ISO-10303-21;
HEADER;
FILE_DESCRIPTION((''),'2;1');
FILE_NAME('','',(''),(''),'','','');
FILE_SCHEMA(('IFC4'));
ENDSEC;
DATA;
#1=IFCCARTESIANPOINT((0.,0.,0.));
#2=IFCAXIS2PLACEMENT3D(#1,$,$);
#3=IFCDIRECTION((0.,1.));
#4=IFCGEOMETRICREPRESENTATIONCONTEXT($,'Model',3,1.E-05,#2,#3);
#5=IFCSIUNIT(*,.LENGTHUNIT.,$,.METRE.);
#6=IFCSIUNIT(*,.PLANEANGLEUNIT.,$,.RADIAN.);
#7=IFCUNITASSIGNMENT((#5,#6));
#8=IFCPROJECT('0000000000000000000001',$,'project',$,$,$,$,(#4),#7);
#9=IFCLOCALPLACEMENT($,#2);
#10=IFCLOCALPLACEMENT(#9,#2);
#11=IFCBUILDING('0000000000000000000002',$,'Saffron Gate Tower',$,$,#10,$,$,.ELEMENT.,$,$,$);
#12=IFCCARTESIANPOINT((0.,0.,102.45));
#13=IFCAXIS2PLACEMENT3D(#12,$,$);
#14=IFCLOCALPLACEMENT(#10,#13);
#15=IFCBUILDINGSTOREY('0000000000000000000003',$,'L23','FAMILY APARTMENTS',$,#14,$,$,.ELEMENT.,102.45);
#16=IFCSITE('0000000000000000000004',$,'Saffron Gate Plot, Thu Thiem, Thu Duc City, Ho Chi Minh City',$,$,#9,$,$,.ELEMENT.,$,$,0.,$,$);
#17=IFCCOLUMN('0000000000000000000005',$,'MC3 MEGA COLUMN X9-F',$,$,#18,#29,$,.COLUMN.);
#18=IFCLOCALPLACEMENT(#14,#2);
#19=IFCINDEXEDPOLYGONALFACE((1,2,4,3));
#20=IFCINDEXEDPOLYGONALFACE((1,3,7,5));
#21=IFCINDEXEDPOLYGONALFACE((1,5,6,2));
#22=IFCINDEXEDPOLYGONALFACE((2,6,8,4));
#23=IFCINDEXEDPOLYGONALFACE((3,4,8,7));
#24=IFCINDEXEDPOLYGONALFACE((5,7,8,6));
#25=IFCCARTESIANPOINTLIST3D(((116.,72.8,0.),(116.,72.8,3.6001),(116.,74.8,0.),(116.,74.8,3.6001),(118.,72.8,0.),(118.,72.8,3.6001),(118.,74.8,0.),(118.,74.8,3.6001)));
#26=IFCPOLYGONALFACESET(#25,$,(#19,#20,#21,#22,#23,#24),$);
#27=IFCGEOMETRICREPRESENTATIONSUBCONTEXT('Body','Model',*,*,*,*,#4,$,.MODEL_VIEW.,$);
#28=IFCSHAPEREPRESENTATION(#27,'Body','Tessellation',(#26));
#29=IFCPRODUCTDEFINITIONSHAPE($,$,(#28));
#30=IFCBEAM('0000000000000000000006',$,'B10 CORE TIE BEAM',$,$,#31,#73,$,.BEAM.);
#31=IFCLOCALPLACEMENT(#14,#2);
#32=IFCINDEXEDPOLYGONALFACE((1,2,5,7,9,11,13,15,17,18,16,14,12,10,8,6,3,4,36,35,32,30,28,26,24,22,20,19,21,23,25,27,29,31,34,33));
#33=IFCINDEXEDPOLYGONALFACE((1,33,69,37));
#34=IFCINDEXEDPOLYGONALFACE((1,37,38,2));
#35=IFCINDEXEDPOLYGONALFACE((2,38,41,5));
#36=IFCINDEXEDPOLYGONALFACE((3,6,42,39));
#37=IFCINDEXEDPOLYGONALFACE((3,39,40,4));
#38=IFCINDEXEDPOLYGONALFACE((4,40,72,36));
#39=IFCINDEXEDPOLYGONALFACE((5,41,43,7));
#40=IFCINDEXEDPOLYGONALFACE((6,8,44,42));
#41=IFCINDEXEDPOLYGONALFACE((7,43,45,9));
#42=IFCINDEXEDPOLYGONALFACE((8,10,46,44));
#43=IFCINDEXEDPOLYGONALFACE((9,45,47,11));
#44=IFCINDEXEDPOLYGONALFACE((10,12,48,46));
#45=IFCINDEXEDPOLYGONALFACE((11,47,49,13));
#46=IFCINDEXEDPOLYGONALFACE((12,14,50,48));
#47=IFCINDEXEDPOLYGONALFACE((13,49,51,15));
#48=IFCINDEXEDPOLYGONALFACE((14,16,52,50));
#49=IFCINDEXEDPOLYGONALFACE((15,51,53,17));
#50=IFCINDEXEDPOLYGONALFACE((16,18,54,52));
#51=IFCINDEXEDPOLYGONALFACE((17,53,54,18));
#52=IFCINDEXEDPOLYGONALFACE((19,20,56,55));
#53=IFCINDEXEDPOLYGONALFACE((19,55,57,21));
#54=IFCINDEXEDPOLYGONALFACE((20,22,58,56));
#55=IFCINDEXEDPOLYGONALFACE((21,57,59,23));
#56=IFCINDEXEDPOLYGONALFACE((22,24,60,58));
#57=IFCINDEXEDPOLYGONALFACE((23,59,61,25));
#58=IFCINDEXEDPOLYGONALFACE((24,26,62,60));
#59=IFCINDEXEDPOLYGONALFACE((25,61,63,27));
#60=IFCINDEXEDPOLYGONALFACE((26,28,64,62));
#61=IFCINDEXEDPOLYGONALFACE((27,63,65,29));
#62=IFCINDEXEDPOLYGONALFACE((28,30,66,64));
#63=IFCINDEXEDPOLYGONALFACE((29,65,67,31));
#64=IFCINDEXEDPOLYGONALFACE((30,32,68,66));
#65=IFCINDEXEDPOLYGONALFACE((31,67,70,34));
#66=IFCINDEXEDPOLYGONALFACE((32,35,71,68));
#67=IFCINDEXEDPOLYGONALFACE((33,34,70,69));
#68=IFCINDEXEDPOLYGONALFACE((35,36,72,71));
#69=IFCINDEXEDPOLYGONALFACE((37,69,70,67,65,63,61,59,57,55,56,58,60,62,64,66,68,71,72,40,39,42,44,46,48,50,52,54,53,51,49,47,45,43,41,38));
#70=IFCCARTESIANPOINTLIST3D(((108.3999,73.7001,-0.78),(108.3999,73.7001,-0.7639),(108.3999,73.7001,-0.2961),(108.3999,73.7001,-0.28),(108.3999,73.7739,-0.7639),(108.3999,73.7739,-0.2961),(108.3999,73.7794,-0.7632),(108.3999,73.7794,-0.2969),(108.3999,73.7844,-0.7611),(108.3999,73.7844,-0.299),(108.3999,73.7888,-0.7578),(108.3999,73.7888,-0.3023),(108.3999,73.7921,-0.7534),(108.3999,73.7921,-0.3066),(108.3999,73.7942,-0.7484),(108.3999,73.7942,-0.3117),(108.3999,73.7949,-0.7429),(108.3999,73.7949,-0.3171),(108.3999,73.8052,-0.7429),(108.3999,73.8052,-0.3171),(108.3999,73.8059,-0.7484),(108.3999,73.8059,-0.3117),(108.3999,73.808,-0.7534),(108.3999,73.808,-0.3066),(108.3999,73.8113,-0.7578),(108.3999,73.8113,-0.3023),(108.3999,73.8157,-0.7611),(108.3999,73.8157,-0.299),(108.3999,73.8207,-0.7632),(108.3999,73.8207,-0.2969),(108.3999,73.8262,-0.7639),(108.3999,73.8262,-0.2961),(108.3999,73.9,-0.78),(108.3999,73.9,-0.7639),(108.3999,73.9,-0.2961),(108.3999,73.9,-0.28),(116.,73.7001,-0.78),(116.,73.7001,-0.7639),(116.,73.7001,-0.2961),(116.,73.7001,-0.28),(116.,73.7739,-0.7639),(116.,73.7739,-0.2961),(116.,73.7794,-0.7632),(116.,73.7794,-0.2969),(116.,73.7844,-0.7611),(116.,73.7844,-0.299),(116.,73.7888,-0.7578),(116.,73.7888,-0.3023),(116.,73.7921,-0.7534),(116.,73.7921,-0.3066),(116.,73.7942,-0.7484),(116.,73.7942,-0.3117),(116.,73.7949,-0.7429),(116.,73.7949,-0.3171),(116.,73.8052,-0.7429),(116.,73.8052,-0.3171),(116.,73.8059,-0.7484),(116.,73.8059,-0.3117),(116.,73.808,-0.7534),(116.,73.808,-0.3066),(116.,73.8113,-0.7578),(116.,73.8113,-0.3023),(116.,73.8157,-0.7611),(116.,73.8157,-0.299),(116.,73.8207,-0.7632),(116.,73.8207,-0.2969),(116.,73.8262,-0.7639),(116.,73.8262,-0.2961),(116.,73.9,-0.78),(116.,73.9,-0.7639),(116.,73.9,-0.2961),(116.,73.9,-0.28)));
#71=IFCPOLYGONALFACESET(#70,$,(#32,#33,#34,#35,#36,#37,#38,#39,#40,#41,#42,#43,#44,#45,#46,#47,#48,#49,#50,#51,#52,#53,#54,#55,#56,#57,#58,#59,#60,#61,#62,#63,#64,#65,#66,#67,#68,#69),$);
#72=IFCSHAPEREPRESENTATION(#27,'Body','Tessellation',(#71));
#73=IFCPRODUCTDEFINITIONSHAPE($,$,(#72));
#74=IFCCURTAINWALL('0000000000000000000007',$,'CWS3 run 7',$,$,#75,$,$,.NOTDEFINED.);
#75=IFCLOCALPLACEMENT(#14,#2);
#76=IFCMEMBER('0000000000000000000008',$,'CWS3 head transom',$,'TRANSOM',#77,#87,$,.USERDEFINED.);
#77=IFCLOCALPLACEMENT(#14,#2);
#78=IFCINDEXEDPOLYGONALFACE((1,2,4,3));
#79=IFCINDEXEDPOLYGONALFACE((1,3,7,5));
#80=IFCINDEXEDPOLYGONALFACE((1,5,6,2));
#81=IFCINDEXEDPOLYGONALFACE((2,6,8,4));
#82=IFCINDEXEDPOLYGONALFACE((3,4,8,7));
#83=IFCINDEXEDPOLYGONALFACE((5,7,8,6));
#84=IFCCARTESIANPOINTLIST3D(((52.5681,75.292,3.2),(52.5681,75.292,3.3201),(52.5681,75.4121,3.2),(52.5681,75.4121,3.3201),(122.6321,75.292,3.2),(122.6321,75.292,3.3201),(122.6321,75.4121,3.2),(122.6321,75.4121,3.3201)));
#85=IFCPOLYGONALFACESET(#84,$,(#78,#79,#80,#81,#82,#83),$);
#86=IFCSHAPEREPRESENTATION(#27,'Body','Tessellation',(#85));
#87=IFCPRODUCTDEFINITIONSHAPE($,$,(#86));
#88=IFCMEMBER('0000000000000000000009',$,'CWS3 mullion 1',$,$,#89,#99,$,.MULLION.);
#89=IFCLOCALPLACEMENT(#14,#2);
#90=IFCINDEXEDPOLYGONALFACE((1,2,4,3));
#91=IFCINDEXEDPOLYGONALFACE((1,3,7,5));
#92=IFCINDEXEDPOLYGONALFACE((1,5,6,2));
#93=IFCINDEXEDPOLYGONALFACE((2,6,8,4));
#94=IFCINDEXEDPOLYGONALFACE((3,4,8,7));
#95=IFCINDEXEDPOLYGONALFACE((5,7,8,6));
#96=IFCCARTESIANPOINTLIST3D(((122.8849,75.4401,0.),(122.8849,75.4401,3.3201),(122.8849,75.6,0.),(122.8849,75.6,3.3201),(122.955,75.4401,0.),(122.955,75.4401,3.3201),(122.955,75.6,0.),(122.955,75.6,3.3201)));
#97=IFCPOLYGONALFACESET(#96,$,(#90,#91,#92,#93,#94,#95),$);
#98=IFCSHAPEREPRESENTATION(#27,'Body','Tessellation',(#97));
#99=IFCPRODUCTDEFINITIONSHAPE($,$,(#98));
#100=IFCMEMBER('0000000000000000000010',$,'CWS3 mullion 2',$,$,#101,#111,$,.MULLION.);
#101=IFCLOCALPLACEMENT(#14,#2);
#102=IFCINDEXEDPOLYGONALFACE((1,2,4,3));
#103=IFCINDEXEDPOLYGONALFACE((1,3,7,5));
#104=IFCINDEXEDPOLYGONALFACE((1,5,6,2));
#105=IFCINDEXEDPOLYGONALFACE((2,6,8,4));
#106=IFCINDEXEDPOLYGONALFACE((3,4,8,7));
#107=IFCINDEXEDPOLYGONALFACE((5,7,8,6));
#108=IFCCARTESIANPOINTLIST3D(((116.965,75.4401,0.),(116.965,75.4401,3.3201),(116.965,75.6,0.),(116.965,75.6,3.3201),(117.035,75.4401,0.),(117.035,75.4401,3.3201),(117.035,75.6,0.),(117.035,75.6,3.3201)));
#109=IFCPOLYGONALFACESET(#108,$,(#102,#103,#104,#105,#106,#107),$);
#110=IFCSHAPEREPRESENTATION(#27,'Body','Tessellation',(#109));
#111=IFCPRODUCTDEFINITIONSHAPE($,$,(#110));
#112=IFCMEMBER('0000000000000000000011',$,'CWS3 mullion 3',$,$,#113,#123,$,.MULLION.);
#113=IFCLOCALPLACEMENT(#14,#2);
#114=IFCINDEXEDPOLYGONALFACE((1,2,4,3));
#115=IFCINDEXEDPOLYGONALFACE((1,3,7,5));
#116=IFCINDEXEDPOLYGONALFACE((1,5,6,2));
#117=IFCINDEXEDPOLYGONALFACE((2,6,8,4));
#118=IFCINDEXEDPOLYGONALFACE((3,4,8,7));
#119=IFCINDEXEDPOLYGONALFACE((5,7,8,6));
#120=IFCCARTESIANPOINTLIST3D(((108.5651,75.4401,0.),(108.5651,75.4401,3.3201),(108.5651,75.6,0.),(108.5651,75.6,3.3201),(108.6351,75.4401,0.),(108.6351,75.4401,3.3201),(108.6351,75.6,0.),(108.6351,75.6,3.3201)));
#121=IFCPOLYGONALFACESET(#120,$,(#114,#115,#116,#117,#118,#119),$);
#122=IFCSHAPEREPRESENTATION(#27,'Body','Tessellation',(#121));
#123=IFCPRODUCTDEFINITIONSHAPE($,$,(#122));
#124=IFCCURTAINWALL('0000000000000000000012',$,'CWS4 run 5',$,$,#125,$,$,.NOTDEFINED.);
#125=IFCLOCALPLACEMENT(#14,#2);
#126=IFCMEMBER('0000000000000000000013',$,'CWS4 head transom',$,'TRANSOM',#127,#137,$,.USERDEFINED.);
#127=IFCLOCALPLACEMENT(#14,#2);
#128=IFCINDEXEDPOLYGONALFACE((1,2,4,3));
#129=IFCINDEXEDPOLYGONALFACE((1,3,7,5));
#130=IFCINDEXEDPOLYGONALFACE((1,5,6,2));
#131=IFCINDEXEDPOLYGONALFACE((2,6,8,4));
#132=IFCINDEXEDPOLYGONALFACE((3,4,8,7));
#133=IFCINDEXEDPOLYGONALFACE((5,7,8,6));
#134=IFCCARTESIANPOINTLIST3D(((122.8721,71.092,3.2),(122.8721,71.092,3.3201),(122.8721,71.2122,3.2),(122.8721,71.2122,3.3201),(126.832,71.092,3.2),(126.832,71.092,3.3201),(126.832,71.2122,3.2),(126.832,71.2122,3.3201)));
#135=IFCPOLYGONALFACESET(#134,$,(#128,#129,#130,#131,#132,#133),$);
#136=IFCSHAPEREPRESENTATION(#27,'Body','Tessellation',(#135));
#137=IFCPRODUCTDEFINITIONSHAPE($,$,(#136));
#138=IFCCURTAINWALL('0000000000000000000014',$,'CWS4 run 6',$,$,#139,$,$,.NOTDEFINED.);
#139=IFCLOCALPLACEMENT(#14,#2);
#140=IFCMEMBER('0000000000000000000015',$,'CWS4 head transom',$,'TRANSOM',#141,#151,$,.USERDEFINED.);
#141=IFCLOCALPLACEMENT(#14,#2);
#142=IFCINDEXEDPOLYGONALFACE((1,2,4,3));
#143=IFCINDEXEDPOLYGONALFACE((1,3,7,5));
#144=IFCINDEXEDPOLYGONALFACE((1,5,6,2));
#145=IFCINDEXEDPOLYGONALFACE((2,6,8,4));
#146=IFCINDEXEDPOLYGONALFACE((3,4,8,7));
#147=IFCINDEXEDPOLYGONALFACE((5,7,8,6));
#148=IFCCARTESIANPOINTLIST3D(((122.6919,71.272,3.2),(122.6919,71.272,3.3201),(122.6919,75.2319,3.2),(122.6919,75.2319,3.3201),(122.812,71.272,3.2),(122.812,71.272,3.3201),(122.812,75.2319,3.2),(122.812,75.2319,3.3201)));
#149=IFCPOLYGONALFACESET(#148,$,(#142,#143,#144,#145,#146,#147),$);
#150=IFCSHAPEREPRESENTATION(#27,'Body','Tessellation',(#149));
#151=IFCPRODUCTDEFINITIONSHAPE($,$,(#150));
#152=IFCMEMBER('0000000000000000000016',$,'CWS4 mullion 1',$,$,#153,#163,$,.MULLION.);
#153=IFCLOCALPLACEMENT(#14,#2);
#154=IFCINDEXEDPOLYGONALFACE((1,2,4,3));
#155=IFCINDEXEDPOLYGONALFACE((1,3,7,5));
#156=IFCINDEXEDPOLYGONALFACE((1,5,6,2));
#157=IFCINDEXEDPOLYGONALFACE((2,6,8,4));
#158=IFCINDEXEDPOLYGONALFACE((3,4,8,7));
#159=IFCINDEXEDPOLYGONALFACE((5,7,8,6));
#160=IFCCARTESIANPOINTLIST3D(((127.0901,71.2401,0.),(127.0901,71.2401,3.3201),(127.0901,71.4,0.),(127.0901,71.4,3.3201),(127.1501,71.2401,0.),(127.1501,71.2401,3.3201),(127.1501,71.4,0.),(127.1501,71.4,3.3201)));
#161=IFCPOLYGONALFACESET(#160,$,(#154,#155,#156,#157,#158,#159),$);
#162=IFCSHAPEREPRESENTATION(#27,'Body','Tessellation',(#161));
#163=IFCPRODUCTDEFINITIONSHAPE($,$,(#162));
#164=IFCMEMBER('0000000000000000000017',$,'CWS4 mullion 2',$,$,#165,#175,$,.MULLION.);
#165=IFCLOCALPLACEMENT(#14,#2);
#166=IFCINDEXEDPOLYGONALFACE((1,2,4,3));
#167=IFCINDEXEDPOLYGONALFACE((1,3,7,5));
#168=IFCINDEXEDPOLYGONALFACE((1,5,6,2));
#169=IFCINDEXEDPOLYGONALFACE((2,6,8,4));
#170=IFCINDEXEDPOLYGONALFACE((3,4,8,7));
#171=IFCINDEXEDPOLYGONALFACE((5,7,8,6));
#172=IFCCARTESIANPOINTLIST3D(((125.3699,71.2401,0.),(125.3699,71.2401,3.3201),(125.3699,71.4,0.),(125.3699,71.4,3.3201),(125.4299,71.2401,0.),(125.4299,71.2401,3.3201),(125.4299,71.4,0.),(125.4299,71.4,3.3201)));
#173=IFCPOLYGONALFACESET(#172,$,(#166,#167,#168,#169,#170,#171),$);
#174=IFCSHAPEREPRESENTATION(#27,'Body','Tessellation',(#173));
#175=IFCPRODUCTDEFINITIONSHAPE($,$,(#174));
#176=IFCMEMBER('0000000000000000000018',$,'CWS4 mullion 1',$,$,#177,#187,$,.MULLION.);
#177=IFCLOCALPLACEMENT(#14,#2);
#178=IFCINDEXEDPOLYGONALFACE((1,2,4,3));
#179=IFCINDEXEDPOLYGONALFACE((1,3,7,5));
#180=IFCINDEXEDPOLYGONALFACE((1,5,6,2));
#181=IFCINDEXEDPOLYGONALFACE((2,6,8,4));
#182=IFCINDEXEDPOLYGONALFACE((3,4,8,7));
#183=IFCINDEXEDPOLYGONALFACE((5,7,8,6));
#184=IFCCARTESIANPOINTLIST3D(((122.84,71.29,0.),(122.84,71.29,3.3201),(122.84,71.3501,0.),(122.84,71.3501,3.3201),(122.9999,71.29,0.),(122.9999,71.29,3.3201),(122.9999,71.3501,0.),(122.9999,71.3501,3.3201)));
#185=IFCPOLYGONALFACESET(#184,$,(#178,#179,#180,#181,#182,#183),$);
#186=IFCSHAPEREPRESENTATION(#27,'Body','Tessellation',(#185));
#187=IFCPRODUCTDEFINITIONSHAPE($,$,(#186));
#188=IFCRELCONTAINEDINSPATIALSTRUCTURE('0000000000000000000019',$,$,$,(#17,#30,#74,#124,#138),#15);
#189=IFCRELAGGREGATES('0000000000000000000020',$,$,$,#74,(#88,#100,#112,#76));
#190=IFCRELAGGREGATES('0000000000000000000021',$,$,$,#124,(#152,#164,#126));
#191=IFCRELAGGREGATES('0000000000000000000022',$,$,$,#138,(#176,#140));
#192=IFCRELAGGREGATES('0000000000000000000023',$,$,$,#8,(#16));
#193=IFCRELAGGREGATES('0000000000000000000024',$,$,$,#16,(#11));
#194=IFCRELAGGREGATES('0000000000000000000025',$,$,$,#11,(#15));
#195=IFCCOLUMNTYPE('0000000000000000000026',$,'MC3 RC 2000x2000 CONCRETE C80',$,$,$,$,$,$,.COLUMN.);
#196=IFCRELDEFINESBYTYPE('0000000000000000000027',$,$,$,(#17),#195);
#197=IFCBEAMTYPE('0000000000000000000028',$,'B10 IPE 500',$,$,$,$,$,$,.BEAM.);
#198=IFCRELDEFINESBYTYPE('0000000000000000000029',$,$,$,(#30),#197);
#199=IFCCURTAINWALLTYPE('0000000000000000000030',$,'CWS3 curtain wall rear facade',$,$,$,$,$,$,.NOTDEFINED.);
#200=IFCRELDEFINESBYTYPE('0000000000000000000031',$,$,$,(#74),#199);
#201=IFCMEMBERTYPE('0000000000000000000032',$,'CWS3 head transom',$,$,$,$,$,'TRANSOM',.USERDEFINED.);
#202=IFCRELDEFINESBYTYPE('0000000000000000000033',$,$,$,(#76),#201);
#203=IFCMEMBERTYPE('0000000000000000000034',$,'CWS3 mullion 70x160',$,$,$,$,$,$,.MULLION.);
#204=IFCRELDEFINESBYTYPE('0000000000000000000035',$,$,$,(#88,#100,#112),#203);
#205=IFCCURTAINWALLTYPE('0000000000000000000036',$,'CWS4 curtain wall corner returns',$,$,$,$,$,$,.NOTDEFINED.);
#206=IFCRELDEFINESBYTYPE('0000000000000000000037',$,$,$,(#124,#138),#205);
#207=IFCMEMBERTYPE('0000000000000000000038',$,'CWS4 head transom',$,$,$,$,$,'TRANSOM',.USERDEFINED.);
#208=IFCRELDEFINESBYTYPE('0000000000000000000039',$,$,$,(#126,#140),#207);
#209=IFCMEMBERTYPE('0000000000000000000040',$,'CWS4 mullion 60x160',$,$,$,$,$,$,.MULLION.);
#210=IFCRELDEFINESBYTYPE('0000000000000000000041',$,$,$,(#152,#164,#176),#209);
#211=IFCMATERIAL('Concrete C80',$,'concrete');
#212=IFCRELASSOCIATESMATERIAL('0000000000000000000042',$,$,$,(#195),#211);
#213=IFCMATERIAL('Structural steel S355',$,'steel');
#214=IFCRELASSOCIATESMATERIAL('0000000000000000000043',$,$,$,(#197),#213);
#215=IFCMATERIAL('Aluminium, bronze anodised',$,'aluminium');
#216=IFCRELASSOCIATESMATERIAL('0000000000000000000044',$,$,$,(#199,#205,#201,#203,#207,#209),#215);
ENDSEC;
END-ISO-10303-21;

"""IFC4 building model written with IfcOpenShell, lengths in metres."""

from ifc_helpers import new_model, si_unit, direction, frame, origin, origin_2d, place, context, subcontext, project, spatial, rectangle, i_section, extrude, material, material_profile, profile_set, type_object, element, aggregate, save


model = new_model("IFC4")

# Units and contexts
model_context = context("Model", 3, precision=1e-05, world=origin(), true_north=direction((0.0, 1.0)))
body_context = subcontext(model_context, "Body", "Model", "MODEL_VIEW")
ifc_project = project(units=[si_unit("LENGTHUNIT", "METRE"), si_unit("PLANEANGLEUNIT", "RADIAN")], contexts=[model_context])

# Site, building, storey
site_placement = place(None, origin())
site = spatial("IfcSite", under=ifc_project, at=site_placement, Name="Saffron Gate Plot, Thu Thiem, Thu Duc City, Ho Chi Minh City", CompositionType="ELEMENT", RefElevation=0.0)
building_placement = place(site_placement, origin())
building = spatial("IfcBuilding", under=site, at=building_placement, Name="Saffron Gate Tower", CompositionType="ELEMENT")
storey_placement = place(building_placement, frame((0.0, 0.0, 102.45)))
storey = spatial("IfcBuildingStorey", under=building, at=storey_placement, Name="L23", Description="FAMILY APARTMENTS", CompositionType="ELEMENT", Elevation=102.45)

# Column
ifc_material_1 = material(Name="Concrete C80", Category="concrete")
ifc_material_profile_1 = material_profile(ifc_material_1, rectangle(XDim=2.0, YDim=2.0, at=origin_2d()))
ifc_profile_set_1 = profile_set([ifc_material_profile_1], Name="Concrete C80")
column_type = type_object("IfcColumnType", Name="MC3 RC 2000x2000 CONCRETE C80", PredefinedType="COLUMN", material=ifc_profile_set_1)
column_placement = place(storey_placement, frame((117.0, 73.8, 0.0), z_axis=(0.0, 0.0, 1.0), x_axis=(1.0, 0.0, 0.0)))
element("IfcColumn", 1, at=column_placement, inside=storey, type_object=column_type, Name="MC3 MEGA COLUMN X9-F", PredefinedType="COLUMN", context=body_context, shape_type="SweptSolid", body=[
    extrude(rectangle(XDim=2.0, YDim=2.0, at=origin_2d()), origin(), (0.0, 0.0, 1.0), 3.6001),
])

# Beam
ifc_material_2 = material(Name="Structural steel S355", Category="steel")
ifc_material_profile_2 = material_profile(ifc_material_2, i_section(OverallWidth=0.2, OverallDepth=0.5, WebThickness=0.0103, FlangeThickness=0.0161, FilletRadius=0.021, at=origin_2d()))
ifc_profile_set_2 = profile_set([ifc_material_profile_2], Name="Structural steel S355")
beam_type = type_object("IfcBeamType", Name="B10 IPE 500", PredefinedType="BEAM", material=ifc_profile_set_2)
beam_placement = place(storey_placement, frame((116.0, 73.8, -0.53), z_axis=(-1.0, 0.0, 0.0), x_axis=(0.0, -1.0, 0.0)))
element("IfcBeam", 2, at=beam_placement, inside=storey, type_object=beam_type, Name="B10 CORE TIE BEAM", PredefinedType="BEAM", context=body_context, shape_type="SweptSolid", body=[
    extrude(i_section(OverallWidth=0.2, OverallDepth=0.5, WebThickness=0.0103, FlangeThickness=0.0161, FilletRadius=0.021, at=origin_2d()), origin(), (0.0, 0.0, 1.0), 7.6001),
])

# Curtain wall, members
ifc_material_3 = material(Name="Aluminium, bronze anodised", Category="aluminium")
curtain_wall_type_1 = type_object("IfcCurtainWallType", Name="CWS3 curtain wall rear facade", PredefinedType="NOTDEFINED", material=ifc_material_3)
curtain_wall_1_placement = place(storey_placement, origin())
curtain_wall_1 = element("IfcCurtainWall", 3, at=curtain_wall_1_placement, inside=storey, type_object=curtain_wall_type_1, Name="CWS3 run 7", PredefinedType="NOTDEFINED")
ifc_material_profile_3 = material_profile(ifc_material_3, rectangle(XDim=0.1201, YDim=0.1201, at=origin_2d()))
ifc_profile_set_3 = profile_set([ifc_material_profile_3], Name="Aluminium, bronze anodised")
member_type_1 = type_object("IfcMemberType", Name="CWS3 head transom", ElementType="TRANSOM", PredefinedType="USERDEFINED", material=ifc_profile_set_3)
member_1_placement = place(storey_placement, frame((122.6321, 75.3521, 3.26), z_axis=(-1.0, 0.0, 0.0), x_axis=(0.0, -1.0, 0.0)))
member_1 = element("IfcMember", 4, at=member_1_placement, type_object=member_type_1, Name="CWS3 head transom", ObjectType="TRANSOM", PredefinedType="USERDEFINED", context=body_context, shape_type="SweptSolid", body=[
    extrude(rectangle(XDim=0.1201, YDim=0.1201, at=origin_2d()), origin(), (0.0, 0.0, 1.0), 70.064),
])
ifc_material_profile_4 = material_profile(ifc_material_3, rectangle(XDim=0.1599, YDim=0.0701, at=origin_2d()))
ifc_profile_set_4 = profile_set([ifc_material_profile_4], Name="Aluminium, bronze anodised")
member_type_2 = type_object("IfcMemberType", Name="CWS3 mullion 70x160", PredefinedType="MULLION", material=ifc_profile_set_4)
member_2_placement = place(storey_placement, frame((122.9199, 75.52, 0.0), z_axis=(0.0, 0.0, 1.0), x_axis=(0.0, -1.0, 0.0)))
member_2 = element("IfcMember", 5, at=member_2_placement, type_object=member_type_2, Name="CWS3 mullion 1", PredefinedType="MULLION", context=body_context, shape_type="SweptSolid", body=[
    extrude(rectangle(XDim=0.1599, YDim=0.0701, at=origin_2d()), origin(), (0.0, 0.0, 1.0), 3.3201),
])
member_3_placement = place(storey_placement, frame((117.0, 75.52, 0.0), z_axis=(0.0, 0.0, 1.0), x_axis=(0.0, -1.0, 0.0)))
member_3 = element("IfcMember", 6, at=member_3_placement, type_object=member_type_2, Name="CWS3 mullion 2", PredefinedType="MULLION", context=body_context, shape_type="SweptSolid", body=[
    extrude(rectangle(XDim=0.1599, YDim=0.0701, at=origin_2d()), origin(), (0.0, 0.0, 1.0), 3.3201),
])
member_4_placement = place(storey_placement, frame((108.6001, 75.52, 0.0), z_axis=(0.0, 0.0, 1.0), x_axis=(0.0, -1.0, 0.0)))
member_4 = element("IfcMember", 7, at=member_4_placement, type_object=member_type_2, Name="CWS3 mullion 3", PredefinedType="MULLION", context=body_context, shape_type="SweptSolid", body=[
    extrude(rectangle(XDim=0.1599, YDim=0.0701, at=origin_2d()), origin(), (0.0, 0.0, 1.0), 3.3201),
])

# Curtain walls, members
curtain_wall_type_2 = type_object("IfcCurtainWallType", Name="CWS4 curtain wall corner returns", PredefinedType="NOTDEFINED", material=ifc_material_3)
curtain_wall_2_placement = place(storey_placement, origin())
curtain_wall_2 = element("IfcCurtainWall", 8, at=curtain_wall_2_placement, inside=storey, type_object=curtain_wall_type_2, Name="CWS4 run 5", PredefinedType="NOTDEFINED")
ifc_material_profile_5 = material_profile(ifc_material_3, rectangle(XDim=0.1201, YDim=0.1201, at=origin_2d()))
ifc_profile_set_5 = profile_set([ifc_material_profile_5], Name="Aluminium, bronze anodised")
member_type_3 = type_object("IfcMemberType", Name="CWS4 head transom", ElementType="TRANSOM", PredefinedType="USERDEFINED", material=ifc_profile_set_5)
member_5_placement = place(storey_placement, frame((126.832, 71.1521, 3.26), z_axis=(-1.0, 0.0, 0.0), x_axis=(0.0, -1.0, 0.0)))
member_5 = element("IfcMember", 9, at=member_5_placement, type_object=member_type_3, Name="CWS4 head transom", ObjectType="TRANSOM", PredefinedType="USERDEFINED", context=body_context, shape_type="SweptSolid", body=[
    extrude(rectangle(XDim=0.1201, YDim=0.1201, at=origin_2d()), origin(), (0.0, 0.0, 1.0), 3.96),
])
curtain_wall_3_placement = place(storey_placement, origin())
curtain_wall_3 = element("IfcCurtainWall", 10, at=curtain_wall_3_placement, inside=storey, type_object=curtain_wall_type_2, Name="CWS4 run 6", PredefinedType="NOTDEFINED")
member_6_placement = place(storey_placement, frame((122.752, 71.272, 3.26), z_axis=(0.0, 1.0, 0.0), x_axis=(-1.0, 0.0, 0.0)))
member_6 = element("IfcMember", 11, at=member_6_placement, type_object=member_type_3, Name="CWS4 head transom", ObjectType="TRANSOM", PredefinedType="USERDEFINED", context=body_context, shape_type="SweptSolid", body=[
    extrude(rectangle(XDim=0.1201, YDim=0.1201, at=origin_2d()), origin(), (0.0, 0.0, 1.0), 3.96),
])

# Members
ifc_material_profile_6 = material_profile(ifc_material_3, rectangle(XDim=0.1599, YDim=0.0601, at=origin_2d()))
ifc_profile_set_6 = profile_set([ifc_material_profile_6], Name="Aluminium, bronze anodised")
member_type_4 = type_object("IfcMemberType", Name="CWS4 mullion 60x160", PredefinedType="MULLION", material=ifc_profile_set_6)
member_7_placement = place(storey_placement, frame((127.1201, 71.3201, 0.0), z_axis=(0.0, 0.0, 1.0), x_axis=(0.0, -1.0, 0.0)))
member_7 = element("IfcMember", 12, at=member_7_placement, type_object=member_type_4, Name="CWS4 mullion 1", PredefinedType="MULLION", context=body_context, shape_type="SweptSolid", body=[
    extrude(rectangle(XDim=0.1599, YDim=0.0601, at=origin_2d()), origin(), (0.0, 0.0, 1.0), 3.3201),
])
member_8_placement = place(storey_placement, frame((125.3999, 71.3201, 0.0), z_axis=(0.0, 0.0, 1.0), x_axis=(0.0, -1.0, 0.0)))
member_8 = element("IfcMember", 13, at=member_8_placement, type_object=member_type_4, Name="CWS4 mullion 2", PredefinedType="MULLION", context=body_context, shape_type="SweptSolid", body=[
    extrude(rectangle(XDim=0.1599, YDim=0.0601, at=origin_2d()), origin(), (0.0, 0.0, 1.0), 3.3201),
])
member_9_placement = place(storey_placement, frame((122.9199, 71.3201, 0.0), z_axis=(0.0, 0.0, 1.0), x_axis=(-1.0, 0.0, 0.0)))
member_9 = element("IfcMember", 14, at=member_9_placement, type_object=member_type_4, Name="CWS4 mullion 1", PredefinedType="MULLION", context=body_context, shape_type="SweptSolid", body=[
    extrude(rectangle(XDim=0.1599, YDim=0.0601, at=origin_2d()), origin(), (0.0, 0.0, 1.0), 3.3201),
])

aggregate(curtain_wall_1, [member_2, member_3, member_4, member_1])

aggregate(curtain_wall_2, [member_7, member_8, member_5])
aggregate(curtain_wall_3, [member_9, member_6])

save(model, "model.ifc")
